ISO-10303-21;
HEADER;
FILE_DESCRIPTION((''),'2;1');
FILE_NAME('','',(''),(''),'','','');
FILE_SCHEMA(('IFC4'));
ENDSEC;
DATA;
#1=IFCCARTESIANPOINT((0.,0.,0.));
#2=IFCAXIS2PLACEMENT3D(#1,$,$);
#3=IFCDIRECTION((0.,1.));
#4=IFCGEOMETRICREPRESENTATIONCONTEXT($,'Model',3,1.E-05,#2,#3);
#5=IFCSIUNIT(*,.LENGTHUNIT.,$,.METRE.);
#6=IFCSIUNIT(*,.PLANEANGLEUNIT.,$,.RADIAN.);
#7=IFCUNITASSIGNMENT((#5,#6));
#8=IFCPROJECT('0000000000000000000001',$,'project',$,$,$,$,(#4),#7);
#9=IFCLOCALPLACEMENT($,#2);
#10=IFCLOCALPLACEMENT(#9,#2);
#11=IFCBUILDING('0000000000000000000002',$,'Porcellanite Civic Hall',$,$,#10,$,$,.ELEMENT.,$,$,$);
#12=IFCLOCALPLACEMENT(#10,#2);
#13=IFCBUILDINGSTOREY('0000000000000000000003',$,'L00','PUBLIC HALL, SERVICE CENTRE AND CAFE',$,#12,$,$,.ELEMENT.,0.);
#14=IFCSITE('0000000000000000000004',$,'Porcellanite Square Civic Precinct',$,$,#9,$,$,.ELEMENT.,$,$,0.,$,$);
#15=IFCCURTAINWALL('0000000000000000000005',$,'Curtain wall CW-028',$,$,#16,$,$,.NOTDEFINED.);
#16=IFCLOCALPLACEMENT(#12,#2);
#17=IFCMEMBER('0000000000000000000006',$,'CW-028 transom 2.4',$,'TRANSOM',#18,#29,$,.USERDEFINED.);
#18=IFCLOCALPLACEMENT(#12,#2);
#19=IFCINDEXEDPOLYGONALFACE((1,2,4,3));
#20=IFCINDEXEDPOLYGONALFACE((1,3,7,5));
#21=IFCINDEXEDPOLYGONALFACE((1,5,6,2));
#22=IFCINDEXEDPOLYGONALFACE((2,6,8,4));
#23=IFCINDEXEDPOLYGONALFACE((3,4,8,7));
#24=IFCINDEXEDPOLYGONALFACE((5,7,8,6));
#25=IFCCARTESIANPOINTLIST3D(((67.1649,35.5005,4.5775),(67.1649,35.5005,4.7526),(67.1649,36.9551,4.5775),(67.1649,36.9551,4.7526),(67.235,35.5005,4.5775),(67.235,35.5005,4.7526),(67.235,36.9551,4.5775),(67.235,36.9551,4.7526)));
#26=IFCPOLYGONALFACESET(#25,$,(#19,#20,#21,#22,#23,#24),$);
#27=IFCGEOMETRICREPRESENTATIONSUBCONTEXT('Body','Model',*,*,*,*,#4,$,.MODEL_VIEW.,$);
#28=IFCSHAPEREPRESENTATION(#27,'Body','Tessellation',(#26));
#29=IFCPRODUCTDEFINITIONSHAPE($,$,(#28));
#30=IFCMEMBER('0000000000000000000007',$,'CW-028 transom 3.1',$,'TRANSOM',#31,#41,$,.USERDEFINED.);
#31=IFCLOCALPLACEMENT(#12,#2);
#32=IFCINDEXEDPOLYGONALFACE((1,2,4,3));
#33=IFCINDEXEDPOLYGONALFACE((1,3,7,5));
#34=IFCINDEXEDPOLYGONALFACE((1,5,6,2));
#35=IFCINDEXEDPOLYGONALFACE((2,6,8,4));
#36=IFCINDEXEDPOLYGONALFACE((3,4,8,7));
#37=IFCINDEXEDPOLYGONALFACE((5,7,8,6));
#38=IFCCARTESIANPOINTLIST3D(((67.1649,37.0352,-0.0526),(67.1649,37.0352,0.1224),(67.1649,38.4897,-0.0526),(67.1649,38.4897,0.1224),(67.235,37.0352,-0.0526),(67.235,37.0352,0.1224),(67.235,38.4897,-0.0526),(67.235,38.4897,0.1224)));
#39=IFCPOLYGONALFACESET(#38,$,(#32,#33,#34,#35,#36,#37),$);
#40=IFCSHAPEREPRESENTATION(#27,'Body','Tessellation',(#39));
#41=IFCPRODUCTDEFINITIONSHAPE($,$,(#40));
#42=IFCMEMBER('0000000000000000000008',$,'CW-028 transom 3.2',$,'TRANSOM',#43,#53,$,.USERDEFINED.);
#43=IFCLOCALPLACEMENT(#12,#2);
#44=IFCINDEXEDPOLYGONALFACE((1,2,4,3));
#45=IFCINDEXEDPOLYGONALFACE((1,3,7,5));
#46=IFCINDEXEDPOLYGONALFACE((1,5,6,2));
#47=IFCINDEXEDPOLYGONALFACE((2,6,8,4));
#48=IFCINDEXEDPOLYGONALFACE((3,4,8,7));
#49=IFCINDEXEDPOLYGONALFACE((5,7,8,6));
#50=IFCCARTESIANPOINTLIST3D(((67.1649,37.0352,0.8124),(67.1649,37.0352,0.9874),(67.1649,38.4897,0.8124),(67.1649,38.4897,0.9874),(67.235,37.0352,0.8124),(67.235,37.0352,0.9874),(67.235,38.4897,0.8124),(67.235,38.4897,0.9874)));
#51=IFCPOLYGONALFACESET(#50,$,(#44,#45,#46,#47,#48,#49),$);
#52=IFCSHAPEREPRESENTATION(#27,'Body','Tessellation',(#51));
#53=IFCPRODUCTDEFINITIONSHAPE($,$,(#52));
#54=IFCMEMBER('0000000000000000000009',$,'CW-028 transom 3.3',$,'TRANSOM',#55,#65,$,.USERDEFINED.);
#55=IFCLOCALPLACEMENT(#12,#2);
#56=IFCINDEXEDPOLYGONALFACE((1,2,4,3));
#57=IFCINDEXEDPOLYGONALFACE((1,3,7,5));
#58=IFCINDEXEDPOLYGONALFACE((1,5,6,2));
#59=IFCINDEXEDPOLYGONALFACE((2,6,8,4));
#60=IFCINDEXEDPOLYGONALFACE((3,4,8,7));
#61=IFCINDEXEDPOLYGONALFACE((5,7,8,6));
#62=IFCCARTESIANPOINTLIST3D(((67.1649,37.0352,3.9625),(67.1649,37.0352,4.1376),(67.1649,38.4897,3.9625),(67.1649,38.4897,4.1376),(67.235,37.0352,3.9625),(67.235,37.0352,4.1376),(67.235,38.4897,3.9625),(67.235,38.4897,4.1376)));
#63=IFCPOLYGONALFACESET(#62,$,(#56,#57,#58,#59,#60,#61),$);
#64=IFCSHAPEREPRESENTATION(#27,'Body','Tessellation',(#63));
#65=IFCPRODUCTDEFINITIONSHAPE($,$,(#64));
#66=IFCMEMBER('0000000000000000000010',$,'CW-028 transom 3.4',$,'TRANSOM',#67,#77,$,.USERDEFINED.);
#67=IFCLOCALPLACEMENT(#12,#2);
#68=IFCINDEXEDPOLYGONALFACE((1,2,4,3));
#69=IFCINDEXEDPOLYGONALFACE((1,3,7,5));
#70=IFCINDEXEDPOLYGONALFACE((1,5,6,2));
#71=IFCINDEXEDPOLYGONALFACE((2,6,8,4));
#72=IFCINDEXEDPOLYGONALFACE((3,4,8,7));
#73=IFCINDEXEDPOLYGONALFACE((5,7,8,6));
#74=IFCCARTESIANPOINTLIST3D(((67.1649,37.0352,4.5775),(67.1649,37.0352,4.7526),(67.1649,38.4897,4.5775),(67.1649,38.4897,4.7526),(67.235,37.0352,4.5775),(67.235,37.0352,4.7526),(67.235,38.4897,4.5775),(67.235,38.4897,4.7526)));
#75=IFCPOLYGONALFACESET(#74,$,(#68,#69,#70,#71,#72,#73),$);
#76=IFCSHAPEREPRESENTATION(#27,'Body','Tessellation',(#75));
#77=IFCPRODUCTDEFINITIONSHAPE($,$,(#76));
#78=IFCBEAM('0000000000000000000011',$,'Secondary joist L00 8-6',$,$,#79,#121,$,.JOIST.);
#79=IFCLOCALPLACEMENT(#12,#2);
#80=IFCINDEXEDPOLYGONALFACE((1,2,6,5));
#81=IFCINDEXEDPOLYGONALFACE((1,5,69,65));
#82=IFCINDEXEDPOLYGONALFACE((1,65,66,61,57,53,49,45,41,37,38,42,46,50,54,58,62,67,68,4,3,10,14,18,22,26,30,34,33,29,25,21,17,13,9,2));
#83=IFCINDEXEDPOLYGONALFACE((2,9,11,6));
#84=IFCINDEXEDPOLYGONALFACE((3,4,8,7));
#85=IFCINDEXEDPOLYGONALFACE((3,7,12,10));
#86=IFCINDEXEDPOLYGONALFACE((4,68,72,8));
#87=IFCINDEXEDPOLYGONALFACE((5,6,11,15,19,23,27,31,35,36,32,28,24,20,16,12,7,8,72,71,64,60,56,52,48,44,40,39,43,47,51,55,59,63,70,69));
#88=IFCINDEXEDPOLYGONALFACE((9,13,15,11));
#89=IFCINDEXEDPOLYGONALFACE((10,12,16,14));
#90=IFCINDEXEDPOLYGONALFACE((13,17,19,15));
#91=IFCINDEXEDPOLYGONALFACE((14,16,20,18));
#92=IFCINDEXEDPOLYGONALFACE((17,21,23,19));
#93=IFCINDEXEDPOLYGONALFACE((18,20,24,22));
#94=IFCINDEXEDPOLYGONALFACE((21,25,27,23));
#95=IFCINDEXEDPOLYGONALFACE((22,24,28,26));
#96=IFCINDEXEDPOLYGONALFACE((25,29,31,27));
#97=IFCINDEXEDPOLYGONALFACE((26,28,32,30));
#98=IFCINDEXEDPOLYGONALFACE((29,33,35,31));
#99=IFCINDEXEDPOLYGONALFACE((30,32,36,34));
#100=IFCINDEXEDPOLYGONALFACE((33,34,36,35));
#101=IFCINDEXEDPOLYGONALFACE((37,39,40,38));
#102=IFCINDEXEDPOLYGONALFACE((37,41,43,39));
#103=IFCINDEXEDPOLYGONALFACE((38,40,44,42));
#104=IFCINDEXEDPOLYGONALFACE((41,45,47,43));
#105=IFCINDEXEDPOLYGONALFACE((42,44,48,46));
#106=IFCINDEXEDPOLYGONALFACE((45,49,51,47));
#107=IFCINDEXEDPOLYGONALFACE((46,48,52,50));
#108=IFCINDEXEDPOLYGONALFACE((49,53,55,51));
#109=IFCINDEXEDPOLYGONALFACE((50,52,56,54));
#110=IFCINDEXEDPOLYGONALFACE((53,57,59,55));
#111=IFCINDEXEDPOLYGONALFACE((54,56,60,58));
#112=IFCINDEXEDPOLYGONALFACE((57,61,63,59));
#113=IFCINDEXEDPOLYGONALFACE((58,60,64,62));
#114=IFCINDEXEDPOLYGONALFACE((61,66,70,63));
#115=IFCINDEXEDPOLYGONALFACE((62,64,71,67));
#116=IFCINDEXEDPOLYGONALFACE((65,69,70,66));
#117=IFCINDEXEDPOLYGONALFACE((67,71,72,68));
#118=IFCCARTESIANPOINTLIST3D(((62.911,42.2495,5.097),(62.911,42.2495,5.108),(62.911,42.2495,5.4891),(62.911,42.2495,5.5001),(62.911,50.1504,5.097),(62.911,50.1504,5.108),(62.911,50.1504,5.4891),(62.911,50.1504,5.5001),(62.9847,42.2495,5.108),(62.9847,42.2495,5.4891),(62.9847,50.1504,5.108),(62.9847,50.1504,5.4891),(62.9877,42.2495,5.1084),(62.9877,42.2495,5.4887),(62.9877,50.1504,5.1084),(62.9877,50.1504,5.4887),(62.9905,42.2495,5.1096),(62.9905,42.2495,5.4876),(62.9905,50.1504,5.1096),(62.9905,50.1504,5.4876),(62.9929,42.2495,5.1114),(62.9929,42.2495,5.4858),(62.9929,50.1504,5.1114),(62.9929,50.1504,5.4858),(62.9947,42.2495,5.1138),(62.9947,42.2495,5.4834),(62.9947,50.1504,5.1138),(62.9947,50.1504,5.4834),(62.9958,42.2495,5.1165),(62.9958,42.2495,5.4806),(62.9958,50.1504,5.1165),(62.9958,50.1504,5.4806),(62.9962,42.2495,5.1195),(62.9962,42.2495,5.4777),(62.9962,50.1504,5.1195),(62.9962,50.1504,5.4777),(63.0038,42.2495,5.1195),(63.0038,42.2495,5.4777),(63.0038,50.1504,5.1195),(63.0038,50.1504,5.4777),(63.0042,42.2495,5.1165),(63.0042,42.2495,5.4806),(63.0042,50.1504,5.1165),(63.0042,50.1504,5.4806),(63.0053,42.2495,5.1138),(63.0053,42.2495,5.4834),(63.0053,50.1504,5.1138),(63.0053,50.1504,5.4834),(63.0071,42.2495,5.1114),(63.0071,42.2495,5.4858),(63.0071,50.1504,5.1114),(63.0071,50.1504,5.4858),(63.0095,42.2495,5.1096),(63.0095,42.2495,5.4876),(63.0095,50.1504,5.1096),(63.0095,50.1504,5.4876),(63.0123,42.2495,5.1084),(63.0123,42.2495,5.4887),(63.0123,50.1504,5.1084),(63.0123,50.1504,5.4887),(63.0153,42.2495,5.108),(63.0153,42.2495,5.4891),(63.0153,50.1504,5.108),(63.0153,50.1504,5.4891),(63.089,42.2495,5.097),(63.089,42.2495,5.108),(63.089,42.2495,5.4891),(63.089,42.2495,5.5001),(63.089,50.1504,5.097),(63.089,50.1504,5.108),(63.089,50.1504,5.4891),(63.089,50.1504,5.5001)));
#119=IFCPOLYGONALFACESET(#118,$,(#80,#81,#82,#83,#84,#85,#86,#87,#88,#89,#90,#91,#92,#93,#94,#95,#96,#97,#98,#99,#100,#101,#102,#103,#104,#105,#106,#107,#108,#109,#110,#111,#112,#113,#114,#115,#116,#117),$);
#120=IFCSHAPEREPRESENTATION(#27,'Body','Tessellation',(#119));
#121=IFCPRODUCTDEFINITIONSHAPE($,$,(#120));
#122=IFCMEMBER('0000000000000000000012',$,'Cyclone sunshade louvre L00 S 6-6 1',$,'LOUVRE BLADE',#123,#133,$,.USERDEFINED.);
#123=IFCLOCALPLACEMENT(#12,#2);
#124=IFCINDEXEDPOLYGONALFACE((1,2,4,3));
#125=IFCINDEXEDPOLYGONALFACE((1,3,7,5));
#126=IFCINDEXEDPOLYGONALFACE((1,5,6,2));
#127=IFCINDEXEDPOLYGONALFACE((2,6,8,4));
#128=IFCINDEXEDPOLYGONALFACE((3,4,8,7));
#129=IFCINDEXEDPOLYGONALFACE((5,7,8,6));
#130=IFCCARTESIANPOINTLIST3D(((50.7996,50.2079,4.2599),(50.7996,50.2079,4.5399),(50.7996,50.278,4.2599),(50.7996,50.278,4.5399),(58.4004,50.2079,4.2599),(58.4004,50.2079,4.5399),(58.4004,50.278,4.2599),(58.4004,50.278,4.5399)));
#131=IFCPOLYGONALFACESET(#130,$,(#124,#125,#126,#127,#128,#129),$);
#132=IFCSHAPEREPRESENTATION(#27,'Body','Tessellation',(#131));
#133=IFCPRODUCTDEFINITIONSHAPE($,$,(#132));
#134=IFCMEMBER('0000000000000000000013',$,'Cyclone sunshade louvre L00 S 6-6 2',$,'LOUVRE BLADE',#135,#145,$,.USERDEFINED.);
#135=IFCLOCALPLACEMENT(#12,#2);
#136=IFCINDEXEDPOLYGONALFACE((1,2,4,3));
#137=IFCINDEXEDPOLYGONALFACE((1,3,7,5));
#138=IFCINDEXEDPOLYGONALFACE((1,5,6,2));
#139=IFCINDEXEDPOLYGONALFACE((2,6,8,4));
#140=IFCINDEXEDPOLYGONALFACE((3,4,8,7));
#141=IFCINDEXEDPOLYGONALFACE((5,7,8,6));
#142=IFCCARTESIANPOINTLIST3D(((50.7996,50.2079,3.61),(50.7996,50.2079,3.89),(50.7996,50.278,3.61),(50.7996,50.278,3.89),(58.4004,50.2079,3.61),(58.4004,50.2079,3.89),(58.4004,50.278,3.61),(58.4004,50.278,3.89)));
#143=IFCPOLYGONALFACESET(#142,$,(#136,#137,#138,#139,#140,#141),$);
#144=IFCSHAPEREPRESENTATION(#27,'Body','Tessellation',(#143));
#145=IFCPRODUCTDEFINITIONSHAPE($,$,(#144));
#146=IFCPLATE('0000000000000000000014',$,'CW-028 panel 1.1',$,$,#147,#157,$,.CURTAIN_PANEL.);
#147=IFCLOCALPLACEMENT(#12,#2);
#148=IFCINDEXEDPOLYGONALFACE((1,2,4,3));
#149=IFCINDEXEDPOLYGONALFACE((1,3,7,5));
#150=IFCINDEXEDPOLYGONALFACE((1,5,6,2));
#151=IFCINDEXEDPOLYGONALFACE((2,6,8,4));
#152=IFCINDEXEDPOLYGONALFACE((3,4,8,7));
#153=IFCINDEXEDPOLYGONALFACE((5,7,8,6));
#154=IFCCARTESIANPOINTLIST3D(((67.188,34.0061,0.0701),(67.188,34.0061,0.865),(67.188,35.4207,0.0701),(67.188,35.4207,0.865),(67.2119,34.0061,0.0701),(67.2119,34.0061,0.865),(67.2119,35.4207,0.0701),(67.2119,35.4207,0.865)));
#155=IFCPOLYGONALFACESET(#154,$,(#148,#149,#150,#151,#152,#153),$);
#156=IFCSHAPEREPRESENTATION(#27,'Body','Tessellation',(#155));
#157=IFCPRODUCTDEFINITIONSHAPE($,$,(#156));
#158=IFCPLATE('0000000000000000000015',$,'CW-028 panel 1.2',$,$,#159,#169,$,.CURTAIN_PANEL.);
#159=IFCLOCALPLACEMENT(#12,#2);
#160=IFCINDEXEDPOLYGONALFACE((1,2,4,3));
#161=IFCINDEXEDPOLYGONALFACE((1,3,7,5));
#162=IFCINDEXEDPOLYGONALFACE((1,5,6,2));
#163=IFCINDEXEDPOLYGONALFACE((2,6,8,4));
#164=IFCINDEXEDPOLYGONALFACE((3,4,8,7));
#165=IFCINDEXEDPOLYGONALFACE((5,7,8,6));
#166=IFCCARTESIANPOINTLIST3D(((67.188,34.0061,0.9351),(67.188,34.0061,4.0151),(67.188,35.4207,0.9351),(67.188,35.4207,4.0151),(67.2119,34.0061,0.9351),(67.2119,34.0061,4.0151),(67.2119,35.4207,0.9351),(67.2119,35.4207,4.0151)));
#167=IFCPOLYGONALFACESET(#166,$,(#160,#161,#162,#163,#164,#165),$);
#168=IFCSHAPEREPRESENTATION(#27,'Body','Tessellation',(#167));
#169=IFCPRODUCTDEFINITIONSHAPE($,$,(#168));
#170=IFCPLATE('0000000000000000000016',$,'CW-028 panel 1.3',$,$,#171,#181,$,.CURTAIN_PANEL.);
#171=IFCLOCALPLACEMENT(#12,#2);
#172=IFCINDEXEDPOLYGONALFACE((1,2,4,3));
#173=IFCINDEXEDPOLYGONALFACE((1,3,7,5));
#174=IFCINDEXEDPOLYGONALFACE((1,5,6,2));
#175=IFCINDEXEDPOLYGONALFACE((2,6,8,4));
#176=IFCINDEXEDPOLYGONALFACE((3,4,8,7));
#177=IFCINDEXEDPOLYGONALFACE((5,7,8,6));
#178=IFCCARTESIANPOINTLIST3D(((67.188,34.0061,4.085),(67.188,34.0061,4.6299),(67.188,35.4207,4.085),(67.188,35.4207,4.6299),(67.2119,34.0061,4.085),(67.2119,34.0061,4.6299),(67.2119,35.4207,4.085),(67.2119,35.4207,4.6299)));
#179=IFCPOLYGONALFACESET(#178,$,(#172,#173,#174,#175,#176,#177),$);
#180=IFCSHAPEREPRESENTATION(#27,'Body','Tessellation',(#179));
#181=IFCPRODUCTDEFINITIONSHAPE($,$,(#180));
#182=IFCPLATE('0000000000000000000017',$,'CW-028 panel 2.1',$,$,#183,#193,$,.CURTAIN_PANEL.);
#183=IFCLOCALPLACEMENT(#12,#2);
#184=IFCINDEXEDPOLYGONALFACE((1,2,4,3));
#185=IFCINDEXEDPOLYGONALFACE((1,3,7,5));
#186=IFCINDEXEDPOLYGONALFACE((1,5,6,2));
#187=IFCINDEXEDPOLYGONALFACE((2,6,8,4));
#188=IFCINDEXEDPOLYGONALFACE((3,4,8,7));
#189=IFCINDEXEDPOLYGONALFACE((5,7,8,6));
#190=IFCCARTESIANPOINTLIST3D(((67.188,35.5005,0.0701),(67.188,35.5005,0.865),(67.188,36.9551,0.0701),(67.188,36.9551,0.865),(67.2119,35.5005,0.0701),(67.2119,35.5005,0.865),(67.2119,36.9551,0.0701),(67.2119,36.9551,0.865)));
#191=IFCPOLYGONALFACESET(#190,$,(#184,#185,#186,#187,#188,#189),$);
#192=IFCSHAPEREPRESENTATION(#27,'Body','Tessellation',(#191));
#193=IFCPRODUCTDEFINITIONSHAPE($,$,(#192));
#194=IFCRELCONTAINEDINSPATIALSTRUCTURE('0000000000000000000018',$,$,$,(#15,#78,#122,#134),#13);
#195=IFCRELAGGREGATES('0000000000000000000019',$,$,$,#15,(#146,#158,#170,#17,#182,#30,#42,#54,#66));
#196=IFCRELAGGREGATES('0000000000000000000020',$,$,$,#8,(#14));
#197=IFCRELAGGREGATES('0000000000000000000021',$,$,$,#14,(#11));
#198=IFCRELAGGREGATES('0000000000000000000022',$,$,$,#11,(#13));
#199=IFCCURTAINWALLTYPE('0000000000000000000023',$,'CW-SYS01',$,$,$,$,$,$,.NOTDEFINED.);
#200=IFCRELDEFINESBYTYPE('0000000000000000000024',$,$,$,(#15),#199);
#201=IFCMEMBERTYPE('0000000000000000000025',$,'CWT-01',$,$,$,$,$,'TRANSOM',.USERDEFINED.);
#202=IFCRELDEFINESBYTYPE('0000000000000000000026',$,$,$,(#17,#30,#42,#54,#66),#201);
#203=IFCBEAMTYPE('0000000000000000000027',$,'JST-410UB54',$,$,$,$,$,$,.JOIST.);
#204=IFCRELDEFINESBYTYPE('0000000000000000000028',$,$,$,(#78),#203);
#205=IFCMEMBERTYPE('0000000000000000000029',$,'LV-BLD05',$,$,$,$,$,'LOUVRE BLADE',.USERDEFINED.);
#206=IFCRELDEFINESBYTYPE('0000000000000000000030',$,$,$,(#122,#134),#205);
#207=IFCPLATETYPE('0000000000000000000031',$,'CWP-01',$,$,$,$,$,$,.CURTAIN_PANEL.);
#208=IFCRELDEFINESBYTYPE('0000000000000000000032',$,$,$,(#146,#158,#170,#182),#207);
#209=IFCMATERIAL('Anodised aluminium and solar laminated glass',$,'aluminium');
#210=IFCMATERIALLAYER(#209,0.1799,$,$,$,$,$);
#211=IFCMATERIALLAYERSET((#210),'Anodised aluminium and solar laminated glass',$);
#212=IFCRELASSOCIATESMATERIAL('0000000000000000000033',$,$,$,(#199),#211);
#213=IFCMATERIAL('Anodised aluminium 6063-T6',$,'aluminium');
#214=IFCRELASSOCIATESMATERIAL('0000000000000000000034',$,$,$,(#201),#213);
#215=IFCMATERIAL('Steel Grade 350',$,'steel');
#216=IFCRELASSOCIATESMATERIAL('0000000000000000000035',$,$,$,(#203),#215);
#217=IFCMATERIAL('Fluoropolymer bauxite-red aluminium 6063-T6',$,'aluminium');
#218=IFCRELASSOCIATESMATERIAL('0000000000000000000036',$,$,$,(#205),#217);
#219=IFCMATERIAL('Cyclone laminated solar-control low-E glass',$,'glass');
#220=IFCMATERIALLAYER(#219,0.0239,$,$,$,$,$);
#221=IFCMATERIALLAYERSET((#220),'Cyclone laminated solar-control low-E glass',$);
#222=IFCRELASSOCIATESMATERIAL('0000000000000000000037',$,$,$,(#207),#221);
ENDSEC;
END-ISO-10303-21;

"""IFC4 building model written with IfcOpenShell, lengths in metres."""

from ifc_helpers import new_model, si_unit, direction, frame, origin, origin_2d, place, context, subcontext, project, spatial, rectangle, i_section, extrude, material, layer, layer_set, material_profile, profile_set, type_object, element, aggregate, save


model = new_model("IFC4")

# Units and contexts
model_context = context("Model", 3, precision=1e-05, world=origin(), true_north=direction((0.0, 1.0)))
body_context = subcontext(model_context, "Body", "Model", "MODEL_VIEW")
ifc_project = project(units=[si_unit("LENGTHUNIT", "METRE"), si_unit("PLANEANGLEUNIT", "RADIAN")], contexts=[model_context])

# Site, building, storey
site_placement = place(None, origin())
site = spatial("IfcSite", under=ifc_project, at=site_placement, Name="Porcellanite Square Civic Precinct", CompositionType="ELEMENT", RefElevation=0.0)
building_placement = place(site_placement, origin())
building = spatial("IfcBuilding", under=site, at=building_placement, Name="Porcellanite Civic Hall", CompositionType="ELEMENT")
storey_placement = place(building_placement, origin())
storey = spatial("IfcBuildingStorey", under=building, at=storey_placement, Name="L00", Description="PUBLIC HALL, SERVICE CENTRE AND CAFE", CompositionType="ELEMENT", Elevation=0.0)

# Curtain wall
ifc_material_1 = material(Name="Anodised aluminium and solar laminated glass", Category="aluminium")
ifc_layer_1 = layer(ifc_material_1, 0.1799)
ifc_layer_set_1 = layer_set([ifc_layer_1], Name="Anodised aluminium and solar laminated glass")
curtain_wall_type_1 = type_object("IfcCurtainWallType", Name="CW-SYS01", PredefinedType="NOTDEFINED", material=ifc_layer_set_1)
curtain_wall_1_placement = place(storey_placement, origin())
curtain_wall_1 = element("IfcCurtainWall", 1, at=curtain_wall_1_placement, inside=storey, type_object=curtain_wall_type_1, Name="Curtain wall CW-028", PredefinedType="NOTDEFINED")

# Members
ifc_material_2 = material(Name="Anodised aluminium 6063-T6", Category="aluminium")
ifc_material_profile_1 = material_profile(ifc_material_2, rectangle(XDim=0.0701, YDim=0.175, at=origin_2d()), Name="AL-70x175")
ifc_profile_set_1 = profile_set([ifc_material_profile_1], Name="Anodised aluminium 6063-T6")
member_type_1 = type_object("IfcMemberType", Name="CWT-01", ElementType="TRANSOM", PredefinedType="USERDEFINED", material=ifc_profile_set_1)
member_1_placement = place(storey_placement, frame((67.2, 35.5005, 4.665), z_axis=(0.0, 1.0, 0.0), x_axis=(-1.0, 0.0, 0.0)))
member_1 = element("IfcMember", 2, at=member_1_placement, type_object=member_type_1, Name="CW-028 transom 2.4", ObjectType="TRANSOM", PredefinedType="USERDEFINED", context=body_context, shape_type="SweptSolid", body=[
    extrude(rectangle(XDim=0.0701, YDim=0.175, at=origin_2d()), origin(), (0.0, 0.0, 1.0), 1.4546),
])
member_2_placement = place(storey_placement, frame((67.2, 37.0352, 0.0349), z_axis=(0.0, 1.0, 0.0), x_axis=(-1.0, 0.0, 0.0)))
member_2 = element("IfcMember", 3, at=member_2_placement, type_object=member_type_1, Name="CW-028 transom 3.1", ObjectType="TRANSOM", PredefinedType="USERDEFINED", context=body_context, shape_type="SweptSolid", body=[
    extrude(rectangle(XDim=0.0701, YDim=0.175, at=origin_2d()), origin(), (0.0, 0.0, 1.0), 1.4546),
])
member_3_placement = place(storey_placement, frame((67.2, 37.0352, 0.8999), z_axis=(0.0, 1.0, 0.0), x_axis=(-1.0, 0.0, 0.0)))
member_3 = element("IfcMember", 4, at=member_3_placement, type_object=member_type_1, Name="CW-028 transom 3.2", ObjectType="TRANSOM", PredefinedType="USERDEFINED", context=body_context, shape_type="SweptSolid", body=[
    extrude(rectangle(XDim=0.0701, YDim=0.175, at=origin_2d()), origin(), (0.0, 0.0, 1.0), 1.4546),
])
member_4_placement = place(storey_placement, frame((67.2, 37.0352, 4.05), z_axis=(0.0, 1.0, 0.0), x_axis=(-1.0, 0.0, 0.0)))
member_4 = element("IfcMember", 5, at=member_4_placement, type_object=member_type_1, Name="CW-028 transom 3.3", ObjectType="TRANSOM", PredefinedType="USERDEFINED", context=body_context, shape_type="SweptSolid", body=[
    extrude(rectangle(XDim=0.0701, YDim=0.175, at=origin_2d()), origin(), (0.0, 0.0, 1.0), 1.4546),
])
member_5_placement = place(storey_placement, frame((67.2, 37.0352, 4.665), z_axis=(0.0, 1.0, 0.0), x_axis=(-1.0, 0.0, 0.0)))
member_5 = element("IfcMember", 6, at=member_5_placement, type_object=member_type_1, Name="CW-028 transom 3.4", ObjectType="TRANSOM", PredefinedType="USERDEFINED", context=body_context, shape_type="SweptSolid", body=[
    extrude(rectangle(XDim=0.0701, YDim=0.175, at=origin_2d()), origin(), (0.0, 0.0, 1.0), 1.4546),
])

# Beam
ifc_material_3 = material(Name="Steel Grade 350", Category="steel")
ifc_material_profile_2 = material_profile(ifc_material_3, i_section(OverallWidth=0.178, OverallDepth=0.4031, WebThickness=0.0076, FlangeThickness=0.011, FilletRadius=0.0115, at=origin_2d()), Name="410UB53.7")
ifc_profile_set_2 = profile_set([ifc_material_profile_2], Name="Steel Grade 350")
beam_type_1 = type_object("IfcBeamType", Name="JST-410UB54", PredefinedType="JOIST", material=ifc_profile_set_2)
beam_1_placement = place(storey_placement, frame((63.0, 42.2495, 5.2986), z_axis=(0.0, 1.0, 0.0), x_axis=(-1.0, 0.0, 0.0)))
element("IfcBeam", 7, at=beam_1_placement, inside=storey, type_object=beam_type_1, Name="Secondary joist L00 8-6", PredefinedType="JOIST", context=body_context, shape_type="SweptSolid", body=[
    extrude(i_section(OverallWidth=0.178, OverallDepth=0.4031, WebThickness=0.0076, FlangeThickness=0.011, FilletRadius=0.0115, at=origin_2d()), origin(), (0.0, 0.0, 1.0), 7.9009),
])

# Members
ifc_material_4 = material(Name="Fluoropolymer bauxite-red aluminium 6063-T6", Category="aluminium")
ifc_material_profile_3 = material_profile(ifc_material_4, rectangle(XDim=0.0701, YDim=0.28, at=origin_2d()), Name="AL-70x280")
ifc_profile_set_3 = profile_set([ifc_material_profile_3], Name="Fluoropolymer bauxite-red aluminium 6063-T6")
member_type_2 = type_object("IfcMemberType", Name="LV-BLD05", ElementType="LOUVRE BLADE", PredefinedType="USERDEFINED", material=ifc_profile_set_3)
for number, where, z_axis, x_axis, name in (
    (8, (58.4004, 50.2429, 4.3999), (-1.0, 0.0, 0.0), (0.0, -1.0, 0.0), "Cyclone sunshade louvre L00 S 6-6 1"),
    (9, (58.4004, 50.2429, 3.75), (-1.0, 0.0, 0.0), (0.0, -1.0, 0.0), "Cyclone sunshade louvre L00 S 6-6 2"),
):
    element("IfcMember", number, at=place(storey_placement, frame(where, z_axis=z_axis, x_axis=x_axis)), inside=storey, type_object=member_type_2, Name=name, ObjectType="LOUVRE BLADE", PredefinedType="USERDEFINED", context=body_context, shape_type="SweptSolid", body=[
        extrude(rectangle(XDim=0.0701, YDim=0.28, at=origin_2d()), origin(), (0.0, 0.0, 1.0), 7.6008),
    ])

# Plates
ifc_material_5 = material(Name="Cyclone laminated solar-control low-E glass", Category="glass")
ifc_layer_2 = layer(ifc_material_5, 0.0239)
ifc_layer_set_2 = layer_set([ifc_layer_2], Name="Cyclone laminated solar-control low-E glass")
plate_type = type_object("IfcPlateType", Name="CWP-01", PredefinedType="CURTAIN_PANEL", material=ifc_layer_set_2)
plate_1_placement = place(storey_placement, frame((67.2, 34.7134, 0.0701), z_axis=(0.0, 0.0, 1.0), x_axis=(0.0, 1.0, 0.0)))
plate_1 = element("IfcPlate", 10, at=plate_1_placement, type_object=plate_type, Name="CW-028 panel 1.1", PredefinedType="CURTAIN_PANEL", context=body_context, shape_type="SweptSolid", body=[
    extrude(rectangle(XDim=1.4146, YDim=0.0239, at=origin_2d()), origin(), (0.0, 0.0, 1.0), 0.7949),
])
plate_2_placement = place(storey_placement, frame((67.2, 34.7134, 0.9351), z_axis=(0.0, 0.0, 1.0), x_axis=(0.0, 1.0, 0.0)))
plate_2 = element("IfcPlate", 11, at=plate_2_placement, type_object=plate_type, Name="CW-028 panel 1.2", PredefinedType="CURTAIN_PANEL", context=body_context, shape_type="SweptSolid", body=[
    extrude(rectangle(XDim=1.4146, YDim=0.0239, at=origin_2d()), origin(), (0.0, 0.0, 1.0), 3.0801),
])
plate_3_placement = place(storey_placement, frame((67.2, 34.7134, 4.085), z_axis=(0.0, 0.0, 1.0), x_axis=(0.0, 1.0, 0.0)))
plate_3 = element("IfcPlate", 12, at=plate_3_placement, type_object=plate_type, Name="CW-028 panel 1.3", PredefinedType="CURTAIN_PANEL", context=body_context, shape_type="SweptSolid", body=[
    extrude(rectangle(XDim=1.4146, YDim=0.0239, at=origin_2d()), origin(), (0.0, 0.0, 1.0), 0.5449),
])
plate_4_placement = place(storey_placement, frame((67.2, 36.2278, 0.0701), z_axis=(0.0, 0.0, 1.0), x_axis=(0.0, 1.0, 0.0)))
plate_4 = element("IfcPlate", 13, at=plate_4_placement, type_object=plate_type, Name="CW-028 panel 2.1", PredefinedType="CURTAIN_PANEL", context=body_context, shape_type="SweptSolid", body=[
    extrude(rectangle(XDim=1.4546, YDim=0.0239, at=origin_2d()), origin(), (0.0, 0.0, 1.0), 0.7949),
])
aggregate(curtain_wall_1, [plate_1, plate_2, plate_3, member_1, plate_4, member_2, member_3, member_4, member_5])

save(model, "model.ifc")
